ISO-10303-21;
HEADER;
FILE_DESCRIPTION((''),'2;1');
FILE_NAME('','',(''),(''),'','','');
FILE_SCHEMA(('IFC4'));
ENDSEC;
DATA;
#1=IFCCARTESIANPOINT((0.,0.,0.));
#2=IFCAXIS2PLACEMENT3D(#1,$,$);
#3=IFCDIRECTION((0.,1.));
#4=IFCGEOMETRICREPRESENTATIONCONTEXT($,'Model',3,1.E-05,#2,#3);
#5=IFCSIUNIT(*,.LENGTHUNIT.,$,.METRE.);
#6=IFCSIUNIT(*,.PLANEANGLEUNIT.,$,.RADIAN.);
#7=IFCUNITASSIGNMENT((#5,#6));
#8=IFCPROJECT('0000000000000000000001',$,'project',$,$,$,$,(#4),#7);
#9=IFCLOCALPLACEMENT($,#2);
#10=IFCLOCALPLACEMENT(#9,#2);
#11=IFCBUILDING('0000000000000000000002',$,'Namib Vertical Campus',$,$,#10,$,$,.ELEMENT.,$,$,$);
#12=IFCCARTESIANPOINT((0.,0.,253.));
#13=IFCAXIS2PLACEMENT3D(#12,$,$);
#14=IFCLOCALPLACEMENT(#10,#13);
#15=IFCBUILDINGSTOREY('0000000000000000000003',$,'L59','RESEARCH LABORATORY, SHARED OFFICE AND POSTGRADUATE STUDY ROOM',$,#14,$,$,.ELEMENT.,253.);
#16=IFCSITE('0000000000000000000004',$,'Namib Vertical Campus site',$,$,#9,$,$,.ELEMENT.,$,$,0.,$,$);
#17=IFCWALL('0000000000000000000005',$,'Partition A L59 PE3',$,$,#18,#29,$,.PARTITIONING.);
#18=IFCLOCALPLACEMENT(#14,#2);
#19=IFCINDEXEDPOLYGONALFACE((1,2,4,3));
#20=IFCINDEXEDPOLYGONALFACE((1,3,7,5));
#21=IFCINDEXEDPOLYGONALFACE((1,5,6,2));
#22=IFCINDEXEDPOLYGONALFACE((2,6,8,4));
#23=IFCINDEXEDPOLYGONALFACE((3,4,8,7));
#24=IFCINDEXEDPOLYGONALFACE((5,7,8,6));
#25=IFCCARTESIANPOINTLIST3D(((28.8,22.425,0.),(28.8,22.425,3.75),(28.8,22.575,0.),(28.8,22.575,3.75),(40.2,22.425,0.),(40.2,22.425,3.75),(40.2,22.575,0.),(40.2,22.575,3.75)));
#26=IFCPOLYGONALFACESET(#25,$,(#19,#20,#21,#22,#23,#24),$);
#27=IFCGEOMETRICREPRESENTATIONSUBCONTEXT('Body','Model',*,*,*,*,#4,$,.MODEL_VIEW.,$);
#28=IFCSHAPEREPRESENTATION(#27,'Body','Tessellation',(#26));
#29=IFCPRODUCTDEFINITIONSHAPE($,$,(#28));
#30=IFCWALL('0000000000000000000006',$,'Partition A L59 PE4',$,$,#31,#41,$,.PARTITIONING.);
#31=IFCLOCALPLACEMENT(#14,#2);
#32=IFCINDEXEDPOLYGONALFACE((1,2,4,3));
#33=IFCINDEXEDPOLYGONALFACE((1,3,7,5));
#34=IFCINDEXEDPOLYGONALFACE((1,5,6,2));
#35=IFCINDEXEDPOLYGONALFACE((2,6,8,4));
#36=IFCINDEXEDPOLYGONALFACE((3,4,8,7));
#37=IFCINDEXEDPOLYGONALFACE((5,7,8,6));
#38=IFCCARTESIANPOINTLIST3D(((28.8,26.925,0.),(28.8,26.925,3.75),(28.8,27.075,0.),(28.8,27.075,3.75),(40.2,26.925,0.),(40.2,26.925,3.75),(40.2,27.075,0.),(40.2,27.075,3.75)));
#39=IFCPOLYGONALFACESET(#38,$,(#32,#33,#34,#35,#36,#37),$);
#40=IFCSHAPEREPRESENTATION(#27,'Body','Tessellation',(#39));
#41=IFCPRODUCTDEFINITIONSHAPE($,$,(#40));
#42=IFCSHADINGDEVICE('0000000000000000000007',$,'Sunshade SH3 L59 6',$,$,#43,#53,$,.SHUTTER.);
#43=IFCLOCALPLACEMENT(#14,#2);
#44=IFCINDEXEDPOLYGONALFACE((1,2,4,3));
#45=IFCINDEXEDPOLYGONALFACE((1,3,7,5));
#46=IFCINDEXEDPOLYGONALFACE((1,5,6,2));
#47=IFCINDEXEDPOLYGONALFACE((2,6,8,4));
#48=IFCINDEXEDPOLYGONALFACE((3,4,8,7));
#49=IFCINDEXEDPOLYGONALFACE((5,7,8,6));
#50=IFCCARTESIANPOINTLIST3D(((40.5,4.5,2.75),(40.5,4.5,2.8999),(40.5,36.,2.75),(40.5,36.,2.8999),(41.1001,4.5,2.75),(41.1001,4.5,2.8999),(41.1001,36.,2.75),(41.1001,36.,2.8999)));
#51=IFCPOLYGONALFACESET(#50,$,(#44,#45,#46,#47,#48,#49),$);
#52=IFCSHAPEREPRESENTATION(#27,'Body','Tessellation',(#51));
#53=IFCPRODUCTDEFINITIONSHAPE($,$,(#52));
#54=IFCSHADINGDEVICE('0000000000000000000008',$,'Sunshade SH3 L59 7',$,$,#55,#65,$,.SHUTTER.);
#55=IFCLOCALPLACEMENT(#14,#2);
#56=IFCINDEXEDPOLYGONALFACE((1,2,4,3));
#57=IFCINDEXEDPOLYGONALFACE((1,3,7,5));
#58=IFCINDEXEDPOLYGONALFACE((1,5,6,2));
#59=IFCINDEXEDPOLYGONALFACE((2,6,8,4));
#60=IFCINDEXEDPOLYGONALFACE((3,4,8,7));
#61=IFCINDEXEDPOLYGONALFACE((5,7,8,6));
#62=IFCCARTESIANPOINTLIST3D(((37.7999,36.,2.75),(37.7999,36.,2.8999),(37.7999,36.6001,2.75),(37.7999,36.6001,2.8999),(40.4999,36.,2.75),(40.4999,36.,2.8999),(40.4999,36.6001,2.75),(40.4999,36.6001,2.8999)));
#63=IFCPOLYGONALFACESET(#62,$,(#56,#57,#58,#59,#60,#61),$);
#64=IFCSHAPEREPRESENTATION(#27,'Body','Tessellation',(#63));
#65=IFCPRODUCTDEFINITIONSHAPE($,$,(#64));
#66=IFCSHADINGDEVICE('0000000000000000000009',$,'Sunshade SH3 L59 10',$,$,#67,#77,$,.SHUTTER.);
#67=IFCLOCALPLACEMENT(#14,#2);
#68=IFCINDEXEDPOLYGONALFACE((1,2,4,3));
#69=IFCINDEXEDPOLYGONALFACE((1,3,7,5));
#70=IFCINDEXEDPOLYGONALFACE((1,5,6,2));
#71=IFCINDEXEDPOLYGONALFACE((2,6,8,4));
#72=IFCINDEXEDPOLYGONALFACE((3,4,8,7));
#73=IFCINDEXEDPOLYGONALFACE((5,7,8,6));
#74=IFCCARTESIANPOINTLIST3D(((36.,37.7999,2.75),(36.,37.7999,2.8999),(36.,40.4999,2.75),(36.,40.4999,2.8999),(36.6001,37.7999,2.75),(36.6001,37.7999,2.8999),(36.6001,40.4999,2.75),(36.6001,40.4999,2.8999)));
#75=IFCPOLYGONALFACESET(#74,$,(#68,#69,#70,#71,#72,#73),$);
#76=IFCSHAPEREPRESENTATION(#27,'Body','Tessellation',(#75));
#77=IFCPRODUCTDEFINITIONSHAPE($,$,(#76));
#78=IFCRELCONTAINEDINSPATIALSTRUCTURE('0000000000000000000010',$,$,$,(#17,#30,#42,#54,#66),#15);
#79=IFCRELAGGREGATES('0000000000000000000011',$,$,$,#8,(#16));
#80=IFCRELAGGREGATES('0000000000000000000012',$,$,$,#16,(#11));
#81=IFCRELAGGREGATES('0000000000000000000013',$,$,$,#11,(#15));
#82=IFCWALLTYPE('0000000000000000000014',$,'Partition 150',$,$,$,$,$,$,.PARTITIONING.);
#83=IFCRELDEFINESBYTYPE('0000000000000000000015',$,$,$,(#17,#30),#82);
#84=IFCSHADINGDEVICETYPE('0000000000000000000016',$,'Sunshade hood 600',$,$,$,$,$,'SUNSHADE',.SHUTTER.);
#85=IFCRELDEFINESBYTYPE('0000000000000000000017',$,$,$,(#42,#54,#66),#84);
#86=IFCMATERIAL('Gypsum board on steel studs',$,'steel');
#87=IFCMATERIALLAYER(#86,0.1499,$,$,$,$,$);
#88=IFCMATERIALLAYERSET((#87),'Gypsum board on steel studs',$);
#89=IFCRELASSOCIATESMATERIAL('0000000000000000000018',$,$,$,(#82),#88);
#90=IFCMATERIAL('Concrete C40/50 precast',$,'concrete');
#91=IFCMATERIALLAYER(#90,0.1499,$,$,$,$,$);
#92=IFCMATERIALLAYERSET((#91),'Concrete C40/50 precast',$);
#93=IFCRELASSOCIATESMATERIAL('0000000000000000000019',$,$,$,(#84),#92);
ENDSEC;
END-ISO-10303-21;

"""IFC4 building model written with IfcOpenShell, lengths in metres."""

from ifc_helpers import new_model, si_unit, direction, frame, frame_2d, origin, origin_2d, place, context, subcontext, project, spatial, rectangle, extrude, material, layer, layer_set, type_object, element, save


model = new_model("IFC4")

# Units and contexts
model_context = context("Model", 3, precision=1e-05, world=origin(), true_north=direction((0.0, 1.0)))
body_context = subcontext(model_context, "Body", "Model", "MODEL_VIEW")
ifc_project = project(units=[si_unit("LENGTHUNIT", "METRE"), si_unit("PLANEANGLEUNIT", "RADIAN")], contexts=[model_context])

# Site, building, storey
site_placement = place(None, origin())
site = spatial("IfcSite", under=ifc_project, at=site_placement, Name="Namib Vertical Campus site", CompositionType="ELEMENT", RefElevation=0.0)
building_placement = place(site_placement, origin())
building = spatial("IfcBuilding", under=site, at=building_placement, Name="Namib Vertical Campus", CompositionType="ELEMENT")
storey_placement = place(building_placement, frame((0.0, 0.0, 253.0)))
storey = spatial("IfcBuildingStorey", under=building, at=storey_placement, Name="L59", Description="RESEARCH LABORATORY, SHARED OFFICE AND POSTGRADUATE STUDY ROOM", CompositionType="ELEMENT", Elevation=253.0)

# Walls
ifc_material_1 = material(Name="Gypsum board on steel studs", Category="steel")
ifc_layer_1 = layer(ifc_material_1, 0.1499)
ifc_layer_set_1 = layer_set([ifc_layer_1], Name="Gypsum board on steel studs")
wall_type_1 = type_object("IfcWallType", Name="Partition 150", PredefinedType="PARTITIONING", material=ifc_layer_set_1)
for number, where, z_axis, x_axis, name in (
    (1, (28.8, 22.5, 0.0), (0.0, 0.0, 1.0), (1.0, 0.0, 0.0), "Partition A L59 PE3"),
    (2, (28.8, 27.0, 0.0), (0.0, 0.0, 1.0), (1.0, 0.0, 0.0), "Partition A L59 PE4"),
):
    element("IfcWall", number, at=place(storey_placement, frame(where, z_axis=z_axis, x_axis=x_axis)), inside=storey, type_object=wall_type_1, Name=name, PredefinedType="PARTITIONING", context=body_context, shape_type="SweptSolid", body=[
        extrude(rectangle(XDim=11.3999, YDim=0.1499, at=frame_2d((5.7, 0.0))), origin(), (0.0, 0.0, 1.0), 3.75),
    ])

# Shading devices
ifc_material_2 = material(Name="Concrete C40/50 precast", Category="concrete")
ifc_layer_2 = layer(ifc_material_2, 0.1499)
ifc_layer_set_2 = layer_set([ifc_layer_2], Name="Concrete C40/50 precast")
shading_device_type = type_object("IfcShadingDeviceType", Name="Sunshade hood 600", ElementType="SUNSHADE", PredefinedType="SHUTTER", material=ifc_layer_set_2)
shading_device_placement = place(storey_placement, frame((40.8, 20.25, 2.75), z_axis=(0.0, 0.0, 1.0), x_axis=(0.0, 1.0, 0.0)))
element("IfcShadingDevice", 3, at=shading_device_placement, inside=storey, type_object=shading_device_type, Name="Sunshade SH3 L59 6", PredefinedType="SHUTTER", context=body_context, shape_type="SweptSolid", body=[
    extrude(rectangle(XDim=31.5, YDim=0.6001, at=origin_2d()), origin(), (0.0, 0.0, 1.0), 0.1499),
])
for number, where, z_axis, x_axis, name in (
    (4, (39.1499, 36.3, 2.75), (0.0, 0.0, 1.0), (-1.0, 0.0, 0.0), "Sunshade SH3 L59 7"),
    (5, (36.3, 39.1499, 2.75), (0.0, 0.0, 1.0), (0.0, 1.0, 0.0), "Sunshade SH3 L59 10"),
):
    element("IfcShadingDevice", number, at=place(storey_placement, frame(where, z_axis=z_axis, x_axis=x_axis)), inside=storey, type_object=shading_device_type, Name=name, PredefinedType="SHUTTER", context=body_context, shape_type="SweptSolid", body=[
        extrude(rectangle(XDim=2.7, YDim=0.6001, at=origin_2d()), origin(), (0.0, 0.0, 1.0), 0.1499),
    ])

save(model, "model.ifc")
